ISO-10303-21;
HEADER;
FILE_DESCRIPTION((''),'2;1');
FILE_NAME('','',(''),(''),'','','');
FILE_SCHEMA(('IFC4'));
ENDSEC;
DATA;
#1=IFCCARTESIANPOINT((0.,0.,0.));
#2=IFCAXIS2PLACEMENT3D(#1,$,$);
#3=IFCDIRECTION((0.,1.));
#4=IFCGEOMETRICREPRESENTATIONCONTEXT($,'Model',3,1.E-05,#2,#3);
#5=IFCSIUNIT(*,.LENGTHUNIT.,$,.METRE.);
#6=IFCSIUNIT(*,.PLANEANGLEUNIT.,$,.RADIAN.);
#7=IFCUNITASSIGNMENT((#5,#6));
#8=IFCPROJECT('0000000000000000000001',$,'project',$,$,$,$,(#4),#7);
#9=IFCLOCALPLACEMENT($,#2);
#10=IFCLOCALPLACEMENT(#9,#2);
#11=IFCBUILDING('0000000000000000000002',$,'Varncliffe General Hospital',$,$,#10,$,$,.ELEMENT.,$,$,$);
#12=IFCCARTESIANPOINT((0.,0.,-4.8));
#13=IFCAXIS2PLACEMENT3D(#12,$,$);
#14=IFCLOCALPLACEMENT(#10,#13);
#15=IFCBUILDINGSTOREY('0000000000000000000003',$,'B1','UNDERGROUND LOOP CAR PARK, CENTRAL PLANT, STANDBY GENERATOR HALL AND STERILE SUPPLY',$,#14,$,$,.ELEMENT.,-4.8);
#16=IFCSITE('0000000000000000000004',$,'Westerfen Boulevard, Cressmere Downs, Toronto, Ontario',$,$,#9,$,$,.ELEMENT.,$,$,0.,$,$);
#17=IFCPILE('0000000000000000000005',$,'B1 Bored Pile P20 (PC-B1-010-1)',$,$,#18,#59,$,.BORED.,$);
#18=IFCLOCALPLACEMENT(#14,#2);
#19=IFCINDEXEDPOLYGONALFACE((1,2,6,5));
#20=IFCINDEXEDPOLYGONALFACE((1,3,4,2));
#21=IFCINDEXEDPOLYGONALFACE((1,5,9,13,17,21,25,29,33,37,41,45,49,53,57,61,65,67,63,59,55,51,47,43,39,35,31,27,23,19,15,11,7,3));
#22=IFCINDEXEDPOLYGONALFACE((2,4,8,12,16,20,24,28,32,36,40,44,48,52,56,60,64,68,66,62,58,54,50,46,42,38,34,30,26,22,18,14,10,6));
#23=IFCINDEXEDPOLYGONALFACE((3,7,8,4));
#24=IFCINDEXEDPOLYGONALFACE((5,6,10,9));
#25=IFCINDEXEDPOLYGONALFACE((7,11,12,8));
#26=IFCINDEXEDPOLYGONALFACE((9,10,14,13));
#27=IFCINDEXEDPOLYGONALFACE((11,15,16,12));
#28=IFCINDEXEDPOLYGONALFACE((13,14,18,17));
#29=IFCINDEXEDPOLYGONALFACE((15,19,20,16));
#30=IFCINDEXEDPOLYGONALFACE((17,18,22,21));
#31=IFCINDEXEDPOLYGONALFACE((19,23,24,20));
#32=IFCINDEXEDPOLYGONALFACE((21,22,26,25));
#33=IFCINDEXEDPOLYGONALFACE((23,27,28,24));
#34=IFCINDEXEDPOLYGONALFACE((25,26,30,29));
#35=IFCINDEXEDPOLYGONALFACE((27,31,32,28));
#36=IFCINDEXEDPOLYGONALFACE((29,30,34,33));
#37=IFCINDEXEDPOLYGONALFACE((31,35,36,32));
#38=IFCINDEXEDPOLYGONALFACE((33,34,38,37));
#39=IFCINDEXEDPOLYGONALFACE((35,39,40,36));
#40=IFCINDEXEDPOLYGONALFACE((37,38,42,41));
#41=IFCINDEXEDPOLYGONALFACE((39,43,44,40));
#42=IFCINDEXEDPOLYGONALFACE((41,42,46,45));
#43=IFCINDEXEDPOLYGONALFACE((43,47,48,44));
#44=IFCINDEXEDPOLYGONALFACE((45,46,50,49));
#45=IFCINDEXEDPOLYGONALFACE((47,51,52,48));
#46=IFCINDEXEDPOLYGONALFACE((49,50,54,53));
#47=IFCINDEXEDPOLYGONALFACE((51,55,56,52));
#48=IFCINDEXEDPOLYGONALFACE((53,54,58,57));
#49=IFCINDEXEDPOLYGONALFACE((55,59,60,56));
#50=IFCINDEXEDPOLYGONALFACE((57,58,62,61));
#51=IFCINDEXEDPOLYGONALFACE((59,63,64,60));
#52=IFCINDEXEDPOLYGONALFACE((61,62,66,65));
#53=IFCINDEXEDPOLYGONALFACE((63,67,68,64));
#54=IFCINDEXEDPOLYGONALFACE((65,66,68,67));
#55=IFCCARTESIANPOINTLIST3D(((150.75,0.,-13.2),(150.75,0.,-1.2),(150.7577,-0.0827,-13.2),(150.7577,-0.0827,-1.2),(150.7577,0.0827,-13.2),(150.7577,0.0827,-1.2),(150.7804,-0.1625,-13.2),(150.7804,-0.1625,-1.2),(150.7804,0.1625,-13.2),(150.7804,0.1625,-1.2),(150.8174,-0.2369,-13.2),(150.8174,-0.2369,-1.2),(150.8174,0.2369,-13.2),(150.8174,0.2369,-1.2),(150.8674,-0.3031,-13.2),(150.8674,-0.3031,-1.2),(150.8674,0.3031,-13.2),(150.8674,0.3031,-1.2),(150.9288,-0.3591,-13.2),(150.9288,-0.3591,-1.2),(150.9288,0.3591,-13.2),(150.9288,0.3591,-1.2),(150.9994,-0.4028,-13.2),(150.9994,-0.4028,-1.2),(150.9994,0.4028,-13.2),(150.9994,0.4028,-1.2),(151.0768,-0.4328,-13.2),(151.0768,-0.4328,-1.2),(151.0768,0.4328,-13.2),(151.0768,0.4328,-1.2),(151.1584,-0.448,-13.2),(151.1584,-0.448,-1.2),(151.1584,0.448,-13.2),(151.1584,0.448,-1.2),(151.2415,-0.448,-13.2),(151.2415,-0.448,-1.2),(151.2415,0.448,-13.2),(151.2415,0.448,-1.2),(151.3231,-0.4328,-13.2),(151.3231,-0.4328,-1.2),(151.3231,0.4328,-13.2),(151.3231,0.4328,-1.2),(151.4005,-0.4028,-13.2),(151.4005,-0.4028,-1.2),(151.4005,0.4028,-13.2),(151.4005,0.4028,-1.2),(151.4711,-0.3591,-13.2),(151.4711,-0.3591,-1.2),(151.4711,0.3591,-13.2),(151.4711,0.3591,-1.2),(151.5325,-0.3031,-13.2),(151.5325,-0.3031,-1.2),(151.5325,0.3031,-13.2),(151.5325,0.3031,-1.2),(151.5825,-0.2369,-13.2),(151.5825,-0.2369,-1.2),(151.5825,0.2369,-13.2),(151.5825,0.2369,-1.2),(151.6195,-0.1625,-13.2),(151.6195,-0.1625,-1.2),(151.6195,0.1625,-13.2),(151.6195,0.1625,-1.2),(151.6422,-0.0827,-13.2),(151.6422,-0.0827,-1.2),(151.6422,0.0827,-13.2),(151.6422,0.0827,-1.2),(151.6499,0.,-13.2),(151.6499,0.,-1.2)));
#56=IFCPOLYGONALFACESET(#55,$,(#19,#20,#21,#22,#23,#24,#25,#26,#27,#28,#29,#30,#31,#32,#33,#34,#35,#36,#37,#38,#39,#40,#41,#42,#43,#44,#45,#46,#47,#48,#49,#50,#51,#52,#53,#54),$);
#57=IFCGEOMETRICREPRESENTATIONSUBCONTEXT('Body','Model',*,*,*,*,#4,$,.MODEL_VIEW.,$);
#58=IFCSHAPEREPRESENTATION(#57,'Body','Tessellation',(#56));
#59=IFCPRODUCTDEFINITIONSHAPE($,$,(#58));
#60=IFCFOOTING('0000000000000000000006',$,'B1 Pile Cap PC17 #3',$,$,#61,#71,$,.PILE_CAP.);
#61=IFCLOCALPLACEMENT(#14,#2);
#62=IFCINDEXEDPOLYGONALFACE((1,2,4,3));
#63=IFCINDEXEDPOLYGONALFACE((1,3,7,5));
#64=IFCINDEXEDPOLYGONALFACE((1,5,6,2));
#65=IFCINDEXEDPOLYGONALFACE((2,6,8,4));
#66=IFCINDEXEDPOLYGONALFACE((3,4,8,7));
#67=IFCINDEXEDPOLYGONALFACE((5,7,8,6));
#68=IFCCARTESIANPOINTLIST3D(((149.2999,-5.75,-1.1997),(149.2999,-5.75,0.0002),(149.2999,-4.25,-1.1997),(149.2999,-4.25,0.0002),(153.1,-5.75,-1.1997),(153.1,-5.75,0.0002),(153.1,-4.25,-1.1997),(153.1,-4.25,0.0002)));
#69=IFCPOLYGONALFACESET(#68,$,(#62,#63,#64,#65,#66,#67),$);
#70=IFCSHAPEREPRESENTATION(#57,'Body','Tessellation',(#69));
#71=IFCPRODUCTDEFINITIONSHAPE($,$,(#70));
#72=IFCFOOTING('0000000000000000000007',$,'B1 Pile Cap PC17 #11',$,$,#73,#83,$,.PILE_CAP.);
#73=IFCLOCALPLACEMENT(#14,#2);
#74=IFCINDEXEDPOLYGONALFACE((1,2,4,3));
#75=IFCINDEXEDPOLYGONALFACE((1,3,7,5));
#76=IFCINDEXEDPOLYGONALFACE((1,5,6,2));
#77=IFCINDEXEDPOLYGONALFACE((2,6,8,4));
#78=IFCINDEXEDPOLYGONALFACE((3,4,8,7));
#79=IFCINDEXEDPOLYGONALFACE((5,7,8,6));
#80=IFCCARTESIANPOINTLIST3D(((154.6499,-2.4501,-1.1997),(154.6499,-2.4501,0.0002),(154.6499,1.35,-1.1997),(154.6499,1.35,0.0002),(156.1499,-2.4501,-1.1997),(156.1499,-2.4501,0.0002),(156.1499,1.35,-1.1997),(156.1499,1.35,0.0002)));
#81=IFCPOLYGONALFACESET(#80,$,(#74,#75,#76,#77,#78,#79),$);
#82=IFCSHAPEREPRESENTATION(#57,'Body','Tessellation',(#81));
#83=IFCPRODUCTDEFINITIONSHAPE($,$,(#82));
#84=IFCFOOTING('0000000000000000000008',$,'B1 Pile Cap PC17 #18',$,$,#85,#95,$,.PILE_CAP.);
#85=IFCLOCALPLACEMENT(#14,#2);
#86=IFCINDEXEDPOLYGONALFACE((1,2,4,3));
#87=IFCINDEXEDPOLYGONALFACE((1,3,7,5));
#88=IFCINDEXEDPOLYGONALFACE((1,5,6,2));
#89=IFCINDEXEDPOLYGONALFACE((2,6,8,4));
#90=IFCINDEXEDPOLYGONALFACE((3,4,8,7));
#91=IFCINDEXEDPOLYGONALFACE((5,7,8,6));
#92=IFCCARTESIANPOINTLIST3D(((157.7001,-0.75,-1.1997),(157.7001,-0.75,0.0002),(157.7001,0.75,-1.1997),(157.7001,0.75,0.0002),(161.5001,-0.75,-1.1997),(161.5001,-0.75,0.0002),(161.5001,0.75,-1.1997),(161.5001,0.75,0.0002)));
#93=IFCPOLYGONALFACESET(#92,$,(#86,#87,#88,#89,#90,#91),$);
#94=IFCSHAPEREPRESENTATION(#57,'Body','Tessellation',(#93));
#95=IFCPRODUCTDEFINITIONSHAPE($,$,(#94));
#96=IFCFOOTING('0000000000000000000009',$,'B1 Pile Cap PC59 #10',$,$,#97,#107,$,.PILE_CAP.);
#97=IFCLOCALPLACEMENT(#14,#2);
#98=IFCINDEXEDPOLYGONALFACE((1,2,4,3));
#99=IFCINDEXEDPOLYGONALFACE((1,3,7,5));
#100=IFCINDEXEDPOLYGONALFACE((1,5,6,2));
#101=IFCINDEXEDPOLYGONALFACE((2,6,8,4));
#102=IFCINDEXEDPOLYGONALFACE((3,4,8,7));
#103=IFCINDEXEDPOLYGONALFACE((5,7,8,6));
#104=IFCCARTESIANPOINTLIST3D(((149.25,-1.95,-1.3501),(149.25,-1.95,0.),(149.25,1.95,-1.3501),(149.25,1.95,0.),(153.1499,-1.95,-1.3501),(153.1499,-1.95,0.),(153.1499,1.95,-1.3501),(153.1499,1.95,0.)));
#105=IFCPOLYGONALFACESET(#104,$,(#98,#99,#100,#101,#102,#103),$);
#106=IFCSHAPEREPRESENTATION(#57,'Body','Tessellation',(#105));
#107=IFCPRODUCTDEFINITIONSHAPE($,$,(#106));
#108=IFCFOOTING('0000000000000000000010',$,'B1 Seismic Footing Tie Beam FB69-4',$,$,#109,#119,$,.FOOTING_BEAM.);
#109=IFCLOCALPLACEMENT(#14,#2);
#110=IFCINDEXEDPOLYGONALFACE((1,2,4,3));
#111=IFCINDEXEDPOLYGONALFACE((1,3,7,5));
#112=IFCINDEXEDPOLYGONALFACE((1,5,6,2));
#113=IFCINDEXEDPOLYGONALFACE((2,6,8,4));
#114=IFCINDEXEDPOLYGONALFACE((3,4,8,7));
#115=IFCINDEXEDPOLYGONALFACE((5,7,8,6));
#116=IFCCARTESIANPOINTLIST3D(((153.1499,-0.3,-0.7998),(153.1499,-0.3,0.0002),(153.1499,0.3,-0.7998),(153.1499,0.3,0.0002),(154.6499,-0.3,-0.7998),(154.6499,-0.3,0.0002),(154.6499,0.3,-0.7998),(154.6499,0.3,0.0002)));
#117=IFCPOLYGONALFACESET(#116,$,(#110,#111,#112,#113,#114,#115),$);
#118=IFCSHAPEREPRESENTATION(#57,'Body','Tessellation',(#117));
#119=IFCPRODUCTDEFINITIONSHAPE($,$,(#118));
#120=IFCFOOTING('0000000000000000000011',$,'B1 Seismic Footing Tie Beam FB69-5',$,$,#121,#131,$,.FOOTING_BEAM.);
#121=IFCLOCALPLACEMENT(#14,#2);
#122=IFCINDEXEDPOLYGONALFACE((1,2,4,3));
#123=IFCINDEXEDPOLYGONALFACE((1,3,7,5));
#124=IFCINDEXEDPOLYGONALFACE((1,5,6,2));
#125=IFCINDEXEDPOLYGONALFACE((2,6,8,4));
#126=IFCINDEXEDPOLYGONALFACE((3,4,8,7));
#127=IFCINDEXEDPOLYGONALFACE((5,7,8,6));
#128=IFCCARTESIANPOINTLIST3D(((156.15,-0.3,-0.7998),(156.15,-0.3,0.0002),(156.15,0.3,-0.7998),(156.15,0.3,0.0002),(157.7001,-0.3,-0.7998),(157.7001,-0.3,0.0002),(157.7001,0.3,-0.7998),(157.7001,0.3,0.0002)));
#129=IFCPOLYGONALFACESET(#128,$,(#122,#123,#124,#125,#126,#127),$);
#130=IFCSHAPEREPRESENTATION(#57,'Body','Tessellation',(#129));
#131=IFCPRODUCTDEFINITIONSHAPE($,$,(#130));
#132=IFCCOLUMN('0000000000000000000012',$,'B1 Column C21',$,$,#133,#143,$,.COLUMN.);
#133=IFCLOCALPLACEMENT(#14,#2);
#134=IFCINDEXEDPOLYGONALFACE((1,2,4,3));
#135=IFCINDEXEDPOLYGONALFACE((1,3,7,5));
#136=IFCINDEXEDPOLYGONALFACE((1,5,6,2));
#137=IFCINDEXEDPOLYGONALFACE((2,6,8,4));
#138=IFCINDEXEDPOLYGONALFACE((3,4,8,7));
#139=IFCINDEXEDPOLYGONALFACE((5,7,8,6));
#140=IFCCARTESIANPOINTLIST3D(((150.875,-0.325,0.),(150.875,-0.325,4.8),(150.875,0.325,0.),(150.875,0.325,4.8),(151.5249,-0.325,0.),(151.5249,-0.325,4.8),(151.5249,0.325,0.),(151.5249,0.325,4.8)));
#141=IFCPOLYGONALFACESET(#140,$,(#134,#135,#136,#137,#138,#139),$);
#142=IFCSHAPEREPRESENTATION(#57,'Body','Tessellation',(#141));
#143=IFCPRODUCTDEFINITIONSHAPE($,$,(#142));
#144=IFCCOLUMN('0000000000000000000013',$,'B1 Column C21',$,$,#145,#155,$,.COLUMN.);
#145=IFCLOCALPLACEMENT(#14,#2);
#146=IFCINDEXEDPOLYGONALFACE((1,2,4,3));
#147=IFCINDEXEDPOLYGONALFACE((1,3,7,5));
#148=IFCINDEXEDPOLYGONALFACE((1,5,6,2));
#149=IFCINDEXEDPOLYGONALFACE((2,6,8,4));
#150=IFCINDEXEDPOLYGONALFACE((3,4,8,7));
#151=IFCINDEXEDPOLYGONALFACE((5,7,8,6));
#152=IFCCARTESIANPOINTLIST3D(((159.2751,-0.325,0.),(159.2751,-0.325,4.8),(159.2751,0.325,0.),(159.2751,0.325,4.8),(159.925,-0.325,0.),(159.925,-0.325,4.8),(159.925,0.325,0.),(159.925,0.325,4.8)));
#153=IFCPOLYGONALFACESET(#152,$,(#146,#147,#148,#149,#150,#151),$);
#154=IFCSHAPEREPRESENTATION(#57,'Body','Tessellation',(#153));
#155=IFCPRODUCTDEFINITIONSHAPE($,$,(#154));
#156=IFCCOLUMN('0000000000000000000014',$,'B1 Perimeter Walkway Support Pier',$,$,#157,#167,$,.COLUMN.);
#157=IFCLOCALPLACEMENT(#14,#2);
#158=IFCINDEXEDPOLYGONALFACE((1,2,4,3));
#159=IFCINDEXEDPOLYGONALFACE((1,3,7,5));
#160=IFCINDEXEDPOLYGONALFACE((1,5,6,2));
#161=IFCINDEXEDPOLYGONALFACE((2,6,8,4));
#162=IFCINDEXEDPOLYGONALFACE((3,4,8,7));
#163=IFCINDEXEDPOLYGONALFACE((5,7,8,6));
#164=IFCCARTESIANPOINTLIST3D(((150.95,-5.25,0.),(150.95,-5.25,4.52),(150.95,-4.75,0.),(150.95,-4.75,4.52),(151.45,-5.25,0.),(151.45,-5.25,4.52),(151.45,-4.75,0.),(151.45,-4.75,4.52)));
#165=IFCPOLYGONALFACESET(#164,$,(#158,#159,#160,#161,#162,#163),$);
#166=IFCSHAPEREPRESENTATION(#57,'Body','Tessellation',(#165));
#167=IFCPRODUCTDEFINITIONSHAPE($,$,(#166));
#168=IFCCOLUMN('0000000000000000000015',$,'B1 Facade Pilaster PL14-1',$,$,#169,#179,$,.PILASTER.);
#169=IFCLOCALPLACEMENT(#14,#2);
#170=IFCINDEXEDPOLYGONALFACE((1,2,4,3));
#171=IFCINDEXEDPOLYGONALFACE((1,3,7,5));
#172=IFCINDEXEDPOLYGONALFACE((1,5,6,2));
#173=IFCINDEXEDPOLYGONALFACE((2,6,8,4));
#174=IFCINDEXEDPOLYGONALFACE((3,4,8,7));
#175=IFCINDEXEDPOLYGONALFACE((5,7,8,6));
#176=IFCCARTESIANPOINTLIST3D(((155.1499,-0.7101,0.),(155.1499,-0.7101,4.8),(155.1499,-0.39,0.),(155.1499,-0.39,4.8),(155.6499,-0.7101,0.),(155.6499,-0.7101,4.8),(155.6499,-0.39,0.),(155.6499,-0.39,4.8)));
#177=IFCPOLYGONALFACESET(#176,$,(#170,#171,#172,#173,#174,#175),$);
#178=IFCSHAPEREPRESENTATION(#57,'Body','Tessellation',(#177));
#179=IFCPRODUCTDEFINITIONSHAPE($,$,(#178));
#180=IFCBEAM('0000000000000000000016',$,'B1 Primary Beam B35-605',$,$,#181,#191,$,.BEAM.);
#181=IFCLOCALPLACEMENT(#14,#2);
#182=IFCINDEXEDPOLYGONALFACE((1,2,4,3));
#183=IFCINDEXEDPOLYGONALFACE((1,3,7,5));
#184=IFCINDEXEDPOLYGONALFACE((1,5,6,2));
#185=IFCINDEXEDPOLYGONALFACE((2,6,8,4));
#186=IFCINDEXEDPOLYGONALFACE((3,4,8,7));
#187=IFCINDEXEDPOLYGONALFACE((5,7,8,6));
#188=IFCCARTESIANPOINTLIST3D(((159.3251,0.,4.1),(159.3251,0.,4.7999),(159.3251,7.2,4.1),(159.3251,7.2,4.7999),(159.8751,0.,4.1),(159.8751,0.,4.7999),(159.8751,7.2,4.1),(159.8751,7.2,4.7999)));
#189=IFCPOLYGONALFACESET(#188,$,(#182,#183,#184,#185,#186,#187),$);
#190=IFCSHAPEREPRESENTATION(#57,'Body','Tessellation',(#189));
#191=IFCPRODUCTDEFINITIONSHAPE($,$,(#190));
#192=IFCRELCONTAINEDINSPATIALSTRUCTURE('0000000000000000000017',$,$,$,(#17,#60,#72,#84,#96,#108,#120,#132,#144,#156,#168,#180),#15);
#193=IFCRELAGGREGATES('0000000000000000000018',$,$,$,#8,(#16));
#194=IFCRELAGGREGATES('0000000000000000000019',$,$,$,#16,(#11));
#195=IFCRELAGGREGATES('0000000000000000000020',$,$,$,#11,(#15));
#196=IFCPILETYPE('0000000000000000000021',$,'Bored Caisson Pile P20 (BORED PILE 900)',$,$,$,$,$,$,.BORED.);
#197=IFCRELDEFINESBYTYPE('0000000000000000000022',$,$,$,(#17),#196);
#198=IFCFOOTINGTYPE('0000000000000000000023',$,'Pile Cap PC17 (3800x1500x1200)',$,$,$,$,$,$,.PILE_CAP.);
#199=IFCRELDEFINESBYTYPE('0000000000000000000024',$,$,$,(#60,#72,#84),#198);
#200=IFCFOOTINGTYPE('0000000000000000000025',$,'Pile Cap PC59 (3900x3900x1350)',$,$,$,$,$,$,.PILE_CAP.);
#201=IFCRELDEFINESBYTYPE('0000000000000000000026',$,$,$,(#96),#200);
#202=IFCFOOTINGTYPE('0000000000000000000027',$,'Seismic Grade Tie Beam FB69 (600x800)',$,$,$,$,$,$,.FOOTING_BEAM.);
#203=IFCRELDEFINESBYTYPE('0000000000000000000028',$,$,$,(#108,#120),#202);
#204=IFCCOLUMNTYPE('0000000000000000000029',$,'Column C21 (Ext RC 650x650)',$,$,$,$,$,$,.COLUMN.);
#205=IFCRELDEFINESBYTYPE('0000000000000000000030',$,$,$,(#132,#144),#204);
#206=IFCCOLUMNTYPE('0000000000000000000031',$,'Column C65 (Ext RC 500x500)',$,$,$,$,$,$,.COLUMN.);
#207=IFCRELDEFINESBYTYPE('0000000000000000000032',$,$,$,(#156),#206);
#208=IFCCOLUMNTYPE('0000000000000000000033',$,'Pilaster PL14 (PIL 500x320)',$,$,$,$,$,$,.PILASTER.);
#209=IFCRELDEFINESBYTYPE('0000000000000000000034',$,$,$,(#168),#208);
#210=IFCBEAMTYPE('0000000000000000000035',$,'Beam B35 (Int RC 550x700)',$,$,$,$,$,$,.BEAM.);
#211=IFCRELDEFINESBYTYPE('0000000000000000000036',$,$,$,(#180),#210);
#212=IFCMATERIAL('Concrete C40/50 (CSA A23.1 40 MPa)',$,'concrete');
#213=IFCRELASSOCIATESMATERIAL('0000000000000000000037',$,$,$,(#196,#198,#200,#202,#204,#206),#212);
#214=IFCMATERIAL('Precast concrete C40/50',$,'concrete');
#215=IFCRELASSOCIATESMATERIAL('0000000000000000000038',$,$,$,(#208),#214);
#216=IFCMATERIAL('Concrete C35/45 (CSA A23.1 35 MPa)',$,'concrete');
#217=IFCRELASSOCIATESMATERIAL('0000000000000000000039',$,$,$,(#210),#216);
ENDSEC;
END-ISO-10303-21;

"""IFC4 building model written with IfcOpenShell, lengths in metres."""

from ifc_helpers import new_model, si_unit, direction, frame, origin, origin_2d, place, context, subcontext, project, spatial, rectangle, circle, extrude, material, material_profile, profile_set, type_object, element, save


model = new_model("IFC4")

# Units and contexts
model_context = context("Model", 3, precision=1e-05, world=origin(), true_north=direction((0.0, 1.0)))
body_context = subcontext(model_context, "Body", "Model", "MODEL_VIEW")
ifc_project = project(units=[si_unit("LENGTHUNIT", "METRE"), si_unit("PLANEANGLEUNIT", "RADIAN")], contexts=[model_context])

# Site, building, storey
site_placement = place(None, origin())
site = spatial("IfcSite", under=ifc_project, at=site_placement, Name="Westerfen Boulevard, Cressmere Downs, Toronto, Ontario", CompositionType="ELEMENT", RefElevation=0.0)
building_placement = place(site_placement, origin())
building = spatial("IfcBuilding", under=site, at=building_placement, Name="Varncliffe General Hospital", CompositionType="ELEMENT")
storey_placement = place(building_placement, frame((0.0, 0.0, -4.8)))
storey = spatial("IfcBuildingStorey", under=building, at=storey_placement, Name="B1", Description="UNDERGROUND LOOP CAR PARK, CENTRAL PLANT, STANDBY GENERATOR HALL AND STERILE SUPPLY", CompositionType="ELEMENT", Elevation=-4.8)

# Pile
ifc_material_1 = material(Name="Concrete C40/50 (CSA A23.1 40 MPa)", Category="concrete")
ifc_material_profile_1 = material_profile(ifc_material_1, circle(Radius=0.45, at=origin_2d()), Name="BORED PILE 900")
ifc_profile_set_1 = profile_set([ifc_material_profile_1], Name="Concrete C40/50 (CSA A23.1 40 MPa)")
pile_type_1 = type_object("IfcPileType", Name="Bored Caisson Pile P20 (BORED PILE 900)", PredefinedType="BORED", material=ifc_profile_set_1)
pile_placement = place(storey_placement, frame((151.2, 0.0, -1.2), z_axis=(0.0, 0.0, -1.0), x_axis=(1.0, 0.0, 0.0)))
element("IfcPile", 1, at=pile_placement, inside=storey, type_object=pile_type_1, Name="B1 Bored Pile P20 (PC-B1-010-1)", PredefinedType="BORED", context=body_context, shape_type="SweptSolid", body=[
    extrude(circle(Radius=0.45, at=origin_2d()), origin(), (0.0, 0.0, 1.0), 12.0),
])

# Footings
footing_type_1 = type_object("IfcFootingType", Name="Pile Cap PC17 (3800x1500x1200)", PredefinedType="PILE_CAP", material=ifc_material_1)
footing_1_placement = place(storey_placement, frame((151.2, -5.0, -1.1997), z_axis=(0.0, 0.0, 1.0), x_axis=(1.0, 0.0, 0.0)))
element("IfcFooting", 2, at=footing_1_placement, inside=storey, type_object=footing_type_1, Name="B1 Pile Cap PC17 #3", PredefinedType="PILE_CAP", context=body_context, shape_type="SweptSolid", body=[
    extrude(rectangle(XDim=3.8, YDim=1.5, at=origin_2d()), origin(), (0.0, 0.0, 1.0), 1.2),
])
footing_2_placement = place(storey_placement, frame((155.3999, -0.55, -1.1997), z_axis=(0.0, 0.0, 1.0), x_axis=(1.0, 0.0, 0.0)))
element("IfcFooting", 3, at=footing_2_placement, inside=storey, type_object=footing_type_1, Name="B1 Pile Cap PC17 #11", PredefinedType="PILE_CAP", context=body_context, shape_type="SweptSolid", body=[
    extrude(rectangle(XDim=1.5, YDim=3.8, at=origin_2d()), origin(), (0.0, 0.0, 1.0), 1.2),
])
footing_3_placement = place(storey_placement, frame((159.6001, 0.0, -1.1997), z_axis=(0.0, 0.0, 1.0), x_axis=(1.0, 0.0, 0.0)))
element("IfcFooting", 4, at=footing_3_placement, inside=storey, type_object=footing_type_1, Name="B1 Pile Cap PC17 #18", PredefinedType="PILE_CAP", context=body_context, shape_type="SweptSolid", body=[
    extrude(rectangle(XDim=3.8, YDim=1.5, at=origin_2d()), origin(), (0.0, 0.0, 1.0), 1.2),
])
footing_type_2 = type_object("IfcFootingType", Name="Pile Cap PC59 (3900x3900x1350)", PredefinedType="PILE_CAP", material=ifc_material_1)
footing_4_placement = place(storey_placement, frame((151.2, 0.0, -1.3501), z_axis=(0.0, 0.0, 1.0), x_axis=(1.0, 0.0, 0.0)))
element("IfcFooting", 5, at=footing_4_placement, inside=storey, type_object=footing_type_2, Name="B1 Pile Cap PC59 #10", PredefinedType="PILE_CAP", context=body_context, shape_type="SweptSolid", body=[
    extrude(rectangle(XDim=3.8999, YDim=3.8999, at=origin_2d()), origin(), (0.0, 0.0, 1.0), 1.3501),
])
footing_type_3 = type_object("IfcFootingType", Name="Seismic Grade Tie Beam FB69 (600x800)", PredefinedType="FOOTING_BEAM", material=ifc_material_1)
footing_5_placement = place(storey_placement, frame((153.8999, 0.0, -0.7998), z_axis=(0.0, 0.0, 1.0), x_axis=(1.0, 0.0, 0.0)))
element("IfcFooting", 6, at=footing_5_placement, inside=storey, type_object=footing_type_3, Name="B1 Seismic Footing Tie Beam FB69-4", PredefinedType="FOOTING_BEAM", context=body_context, shape_type="SweptSolid", body=[
    extrude(rectangle(XDim=1.5, YDim=0.6001, at=origin_2d()), origin(), (0.0, 0.0, 1.0), 0.8),
])
footing_6_placement = place(storey_placement, frame((156.925, 0.0, -0.7998), z_axis=(0.0, 0.0, 1.0), x_axis=(1.0, 0.0, 0.0)))
element("IfcFooting", 7, at=footing_6_placement, inside=storey, type_object=footing_type_3, Name="B1 Seismic Footing Tie Beam FB69-5", PredefinedType="FOOTING_BEAM", context=body_context, shape_type="SweptSolid", body=[
    extrude(rectangle(XDim=1.55, YDim=0.6001, at=origin_2d()), origin(), (0.0, 0.0, 1.0), 0.8),
])

# Columns
ifc_material_profile_2 = material_profile(ifc_material_1, rectangle(XDim=0.6499, YDim=0.6499, at=origin_2d()), Name="RC 650x650")
ifc_profile_set_2 = profile_set([ifc_material_profile_2], Name="Concrete C40/50 (CSA A23.1 40 MPa)")
column_type_1 = type_object("IfcColumnType", Name="Column C21 (Ext RC 650x650)", PredefinedType="COLUMN", material=ifc_profile_set_2)
for number, where, z_axis, x_axis, name in (
    (8, (151.2, 0.0, 0.0), (0.0, 0.0, 1.0), (1.0, 0.0, 0.0), "B1 Column C21"),
    (9, (159.6001, 0.0, 0.0), (0.0, 0.0, 1.0), (1.0, 0.0, 0.0), "B1 Column C21"),
):
    element("IfcColumn", number, at=place(storey_placement, frame(where, z_axis=z_axis, x_axis=x_axis)), inside=storey, type_object=column_type_1, Name=name, PredefinedType="COLUMN", context=body_context, shape_type="SweptSolid", body=[
        extrude(rectangle(XDim=0.6499, YDim=0.6499, at=origin_2d()), origin(), (0.0, 0.0, 1.0), 4.8),
    ])
ifc_material_profile_3 = material_profile(ifc_material_1, rectangle(XDim=0.5, YDim=0.5, at=origin_2d()), Name="RC 500x500")
ifc_profile_set_3 = profile_set([ifc_material_profile_3], Name="Concrete C40/50 (CSA A23.1 40 MPa)")
column_type_2 = type_object("IfcColumnType", Name="Column C65 (Ext RC 500x500)", PredefinedType="COLUMN", material=ifc_profile_set_3)
column_1_placement = place(storey_placement, frame((151.2, -5.0, 0.0), z_axis=(0.0, 0.0, 1.0), x_axis=(1.0, 0.0, 0.0)))
element("IfcColumn", 10, at=column_1_placement, inside=storey, type_object=column_type_2, Name="B1 Perimeter Walkway Support Pier", PredefinedType="COLUMN", context=body_context, shape_type="SweptSolid", body=[
    extrude(rectangle(XDim=0.5, YDim=0.5, at=origin_2d()), origin(), (0.0, 0.0, 1.0), 4.52),
])
ifc_material_2 = material(Name="Precast concrete C40/50", Category="concrete")
ifc_material_profile_4 = material_profile(ifc_material_2, rectangle(XDim=0.5, YDim=0.3201, at=origin_2d()), Name="PIL 500x320")
ifc_profile_set_4 = profile_set([ifc_material_profile_4], Name="Precast concrete C40/50")
column_type_3 = type_object("IfcColumnType", Name="Pilaster PL14 (PIL 500x320)", PredefinedType="PILASTER", material=ifc_profile_set_4)
column_2_placement = place(storey_placement, frame((155.3999, -0.55, 0.0), z_axis=(0.0, 0.0, 1.0), x_axis=(1.0, 0.0, 0.0)))
element("IfcColumn", 11, at=column_2_placement, inside=storey, type_object=column_type_3, Name="B1 Facade Pilaster PL14-1", PredefinedType="PILASTER", context=body_context, shape_type="SweptSolid", body=[
    extrude(rectangle(XDim=0.5, YDim=0.3201, at=origin_2d()), origin(), (0.0, 0.0, 1.0), 4.8),
])

# Beam
ifc_material_3 = material(Name="Concrete C35/45 (CSA A23.1 35 MPa)", Category="concrete")
ifc_material_profile_5 = material_profile(ifc_material_3, rectangle(XDim=0.55, YDim=0.7, at=origin_2d()), Name="RC 550x700")
ifc_profile_set_5 = profile_set([ifc_material_profile_5], Name="Concrete C35/45 (CSA A23.1 35 MPa)")
beam_type_1 = type_object("IfcBeamType", Name="Beam B35 (Int RC 550x700)", PredefinedType="BEAM", material=ifc_profile_set_5)
beam_1_placement = place(storey_placement, frame((159.6001, 0.0, 4.45), z_axis=(0.0, 1.0, 0.0), x_axis=(-1.0, 0.0, 0.0)))
element("IfcBeam", 12, at=beam_1_placement, inside=storey, type_object=beam_type_1, Name="B1 Primary Beam B35-605", PredefinedType="BEAM", context=body_context, shape_type="SweptSolid", body=[
    extrude(rectangle(XDim=0.55, YDim=0.7, at=origin_2d()), origin(), (0.0, 0.0, 1.0), 7.2),
])

save(model, "model.ifc")
